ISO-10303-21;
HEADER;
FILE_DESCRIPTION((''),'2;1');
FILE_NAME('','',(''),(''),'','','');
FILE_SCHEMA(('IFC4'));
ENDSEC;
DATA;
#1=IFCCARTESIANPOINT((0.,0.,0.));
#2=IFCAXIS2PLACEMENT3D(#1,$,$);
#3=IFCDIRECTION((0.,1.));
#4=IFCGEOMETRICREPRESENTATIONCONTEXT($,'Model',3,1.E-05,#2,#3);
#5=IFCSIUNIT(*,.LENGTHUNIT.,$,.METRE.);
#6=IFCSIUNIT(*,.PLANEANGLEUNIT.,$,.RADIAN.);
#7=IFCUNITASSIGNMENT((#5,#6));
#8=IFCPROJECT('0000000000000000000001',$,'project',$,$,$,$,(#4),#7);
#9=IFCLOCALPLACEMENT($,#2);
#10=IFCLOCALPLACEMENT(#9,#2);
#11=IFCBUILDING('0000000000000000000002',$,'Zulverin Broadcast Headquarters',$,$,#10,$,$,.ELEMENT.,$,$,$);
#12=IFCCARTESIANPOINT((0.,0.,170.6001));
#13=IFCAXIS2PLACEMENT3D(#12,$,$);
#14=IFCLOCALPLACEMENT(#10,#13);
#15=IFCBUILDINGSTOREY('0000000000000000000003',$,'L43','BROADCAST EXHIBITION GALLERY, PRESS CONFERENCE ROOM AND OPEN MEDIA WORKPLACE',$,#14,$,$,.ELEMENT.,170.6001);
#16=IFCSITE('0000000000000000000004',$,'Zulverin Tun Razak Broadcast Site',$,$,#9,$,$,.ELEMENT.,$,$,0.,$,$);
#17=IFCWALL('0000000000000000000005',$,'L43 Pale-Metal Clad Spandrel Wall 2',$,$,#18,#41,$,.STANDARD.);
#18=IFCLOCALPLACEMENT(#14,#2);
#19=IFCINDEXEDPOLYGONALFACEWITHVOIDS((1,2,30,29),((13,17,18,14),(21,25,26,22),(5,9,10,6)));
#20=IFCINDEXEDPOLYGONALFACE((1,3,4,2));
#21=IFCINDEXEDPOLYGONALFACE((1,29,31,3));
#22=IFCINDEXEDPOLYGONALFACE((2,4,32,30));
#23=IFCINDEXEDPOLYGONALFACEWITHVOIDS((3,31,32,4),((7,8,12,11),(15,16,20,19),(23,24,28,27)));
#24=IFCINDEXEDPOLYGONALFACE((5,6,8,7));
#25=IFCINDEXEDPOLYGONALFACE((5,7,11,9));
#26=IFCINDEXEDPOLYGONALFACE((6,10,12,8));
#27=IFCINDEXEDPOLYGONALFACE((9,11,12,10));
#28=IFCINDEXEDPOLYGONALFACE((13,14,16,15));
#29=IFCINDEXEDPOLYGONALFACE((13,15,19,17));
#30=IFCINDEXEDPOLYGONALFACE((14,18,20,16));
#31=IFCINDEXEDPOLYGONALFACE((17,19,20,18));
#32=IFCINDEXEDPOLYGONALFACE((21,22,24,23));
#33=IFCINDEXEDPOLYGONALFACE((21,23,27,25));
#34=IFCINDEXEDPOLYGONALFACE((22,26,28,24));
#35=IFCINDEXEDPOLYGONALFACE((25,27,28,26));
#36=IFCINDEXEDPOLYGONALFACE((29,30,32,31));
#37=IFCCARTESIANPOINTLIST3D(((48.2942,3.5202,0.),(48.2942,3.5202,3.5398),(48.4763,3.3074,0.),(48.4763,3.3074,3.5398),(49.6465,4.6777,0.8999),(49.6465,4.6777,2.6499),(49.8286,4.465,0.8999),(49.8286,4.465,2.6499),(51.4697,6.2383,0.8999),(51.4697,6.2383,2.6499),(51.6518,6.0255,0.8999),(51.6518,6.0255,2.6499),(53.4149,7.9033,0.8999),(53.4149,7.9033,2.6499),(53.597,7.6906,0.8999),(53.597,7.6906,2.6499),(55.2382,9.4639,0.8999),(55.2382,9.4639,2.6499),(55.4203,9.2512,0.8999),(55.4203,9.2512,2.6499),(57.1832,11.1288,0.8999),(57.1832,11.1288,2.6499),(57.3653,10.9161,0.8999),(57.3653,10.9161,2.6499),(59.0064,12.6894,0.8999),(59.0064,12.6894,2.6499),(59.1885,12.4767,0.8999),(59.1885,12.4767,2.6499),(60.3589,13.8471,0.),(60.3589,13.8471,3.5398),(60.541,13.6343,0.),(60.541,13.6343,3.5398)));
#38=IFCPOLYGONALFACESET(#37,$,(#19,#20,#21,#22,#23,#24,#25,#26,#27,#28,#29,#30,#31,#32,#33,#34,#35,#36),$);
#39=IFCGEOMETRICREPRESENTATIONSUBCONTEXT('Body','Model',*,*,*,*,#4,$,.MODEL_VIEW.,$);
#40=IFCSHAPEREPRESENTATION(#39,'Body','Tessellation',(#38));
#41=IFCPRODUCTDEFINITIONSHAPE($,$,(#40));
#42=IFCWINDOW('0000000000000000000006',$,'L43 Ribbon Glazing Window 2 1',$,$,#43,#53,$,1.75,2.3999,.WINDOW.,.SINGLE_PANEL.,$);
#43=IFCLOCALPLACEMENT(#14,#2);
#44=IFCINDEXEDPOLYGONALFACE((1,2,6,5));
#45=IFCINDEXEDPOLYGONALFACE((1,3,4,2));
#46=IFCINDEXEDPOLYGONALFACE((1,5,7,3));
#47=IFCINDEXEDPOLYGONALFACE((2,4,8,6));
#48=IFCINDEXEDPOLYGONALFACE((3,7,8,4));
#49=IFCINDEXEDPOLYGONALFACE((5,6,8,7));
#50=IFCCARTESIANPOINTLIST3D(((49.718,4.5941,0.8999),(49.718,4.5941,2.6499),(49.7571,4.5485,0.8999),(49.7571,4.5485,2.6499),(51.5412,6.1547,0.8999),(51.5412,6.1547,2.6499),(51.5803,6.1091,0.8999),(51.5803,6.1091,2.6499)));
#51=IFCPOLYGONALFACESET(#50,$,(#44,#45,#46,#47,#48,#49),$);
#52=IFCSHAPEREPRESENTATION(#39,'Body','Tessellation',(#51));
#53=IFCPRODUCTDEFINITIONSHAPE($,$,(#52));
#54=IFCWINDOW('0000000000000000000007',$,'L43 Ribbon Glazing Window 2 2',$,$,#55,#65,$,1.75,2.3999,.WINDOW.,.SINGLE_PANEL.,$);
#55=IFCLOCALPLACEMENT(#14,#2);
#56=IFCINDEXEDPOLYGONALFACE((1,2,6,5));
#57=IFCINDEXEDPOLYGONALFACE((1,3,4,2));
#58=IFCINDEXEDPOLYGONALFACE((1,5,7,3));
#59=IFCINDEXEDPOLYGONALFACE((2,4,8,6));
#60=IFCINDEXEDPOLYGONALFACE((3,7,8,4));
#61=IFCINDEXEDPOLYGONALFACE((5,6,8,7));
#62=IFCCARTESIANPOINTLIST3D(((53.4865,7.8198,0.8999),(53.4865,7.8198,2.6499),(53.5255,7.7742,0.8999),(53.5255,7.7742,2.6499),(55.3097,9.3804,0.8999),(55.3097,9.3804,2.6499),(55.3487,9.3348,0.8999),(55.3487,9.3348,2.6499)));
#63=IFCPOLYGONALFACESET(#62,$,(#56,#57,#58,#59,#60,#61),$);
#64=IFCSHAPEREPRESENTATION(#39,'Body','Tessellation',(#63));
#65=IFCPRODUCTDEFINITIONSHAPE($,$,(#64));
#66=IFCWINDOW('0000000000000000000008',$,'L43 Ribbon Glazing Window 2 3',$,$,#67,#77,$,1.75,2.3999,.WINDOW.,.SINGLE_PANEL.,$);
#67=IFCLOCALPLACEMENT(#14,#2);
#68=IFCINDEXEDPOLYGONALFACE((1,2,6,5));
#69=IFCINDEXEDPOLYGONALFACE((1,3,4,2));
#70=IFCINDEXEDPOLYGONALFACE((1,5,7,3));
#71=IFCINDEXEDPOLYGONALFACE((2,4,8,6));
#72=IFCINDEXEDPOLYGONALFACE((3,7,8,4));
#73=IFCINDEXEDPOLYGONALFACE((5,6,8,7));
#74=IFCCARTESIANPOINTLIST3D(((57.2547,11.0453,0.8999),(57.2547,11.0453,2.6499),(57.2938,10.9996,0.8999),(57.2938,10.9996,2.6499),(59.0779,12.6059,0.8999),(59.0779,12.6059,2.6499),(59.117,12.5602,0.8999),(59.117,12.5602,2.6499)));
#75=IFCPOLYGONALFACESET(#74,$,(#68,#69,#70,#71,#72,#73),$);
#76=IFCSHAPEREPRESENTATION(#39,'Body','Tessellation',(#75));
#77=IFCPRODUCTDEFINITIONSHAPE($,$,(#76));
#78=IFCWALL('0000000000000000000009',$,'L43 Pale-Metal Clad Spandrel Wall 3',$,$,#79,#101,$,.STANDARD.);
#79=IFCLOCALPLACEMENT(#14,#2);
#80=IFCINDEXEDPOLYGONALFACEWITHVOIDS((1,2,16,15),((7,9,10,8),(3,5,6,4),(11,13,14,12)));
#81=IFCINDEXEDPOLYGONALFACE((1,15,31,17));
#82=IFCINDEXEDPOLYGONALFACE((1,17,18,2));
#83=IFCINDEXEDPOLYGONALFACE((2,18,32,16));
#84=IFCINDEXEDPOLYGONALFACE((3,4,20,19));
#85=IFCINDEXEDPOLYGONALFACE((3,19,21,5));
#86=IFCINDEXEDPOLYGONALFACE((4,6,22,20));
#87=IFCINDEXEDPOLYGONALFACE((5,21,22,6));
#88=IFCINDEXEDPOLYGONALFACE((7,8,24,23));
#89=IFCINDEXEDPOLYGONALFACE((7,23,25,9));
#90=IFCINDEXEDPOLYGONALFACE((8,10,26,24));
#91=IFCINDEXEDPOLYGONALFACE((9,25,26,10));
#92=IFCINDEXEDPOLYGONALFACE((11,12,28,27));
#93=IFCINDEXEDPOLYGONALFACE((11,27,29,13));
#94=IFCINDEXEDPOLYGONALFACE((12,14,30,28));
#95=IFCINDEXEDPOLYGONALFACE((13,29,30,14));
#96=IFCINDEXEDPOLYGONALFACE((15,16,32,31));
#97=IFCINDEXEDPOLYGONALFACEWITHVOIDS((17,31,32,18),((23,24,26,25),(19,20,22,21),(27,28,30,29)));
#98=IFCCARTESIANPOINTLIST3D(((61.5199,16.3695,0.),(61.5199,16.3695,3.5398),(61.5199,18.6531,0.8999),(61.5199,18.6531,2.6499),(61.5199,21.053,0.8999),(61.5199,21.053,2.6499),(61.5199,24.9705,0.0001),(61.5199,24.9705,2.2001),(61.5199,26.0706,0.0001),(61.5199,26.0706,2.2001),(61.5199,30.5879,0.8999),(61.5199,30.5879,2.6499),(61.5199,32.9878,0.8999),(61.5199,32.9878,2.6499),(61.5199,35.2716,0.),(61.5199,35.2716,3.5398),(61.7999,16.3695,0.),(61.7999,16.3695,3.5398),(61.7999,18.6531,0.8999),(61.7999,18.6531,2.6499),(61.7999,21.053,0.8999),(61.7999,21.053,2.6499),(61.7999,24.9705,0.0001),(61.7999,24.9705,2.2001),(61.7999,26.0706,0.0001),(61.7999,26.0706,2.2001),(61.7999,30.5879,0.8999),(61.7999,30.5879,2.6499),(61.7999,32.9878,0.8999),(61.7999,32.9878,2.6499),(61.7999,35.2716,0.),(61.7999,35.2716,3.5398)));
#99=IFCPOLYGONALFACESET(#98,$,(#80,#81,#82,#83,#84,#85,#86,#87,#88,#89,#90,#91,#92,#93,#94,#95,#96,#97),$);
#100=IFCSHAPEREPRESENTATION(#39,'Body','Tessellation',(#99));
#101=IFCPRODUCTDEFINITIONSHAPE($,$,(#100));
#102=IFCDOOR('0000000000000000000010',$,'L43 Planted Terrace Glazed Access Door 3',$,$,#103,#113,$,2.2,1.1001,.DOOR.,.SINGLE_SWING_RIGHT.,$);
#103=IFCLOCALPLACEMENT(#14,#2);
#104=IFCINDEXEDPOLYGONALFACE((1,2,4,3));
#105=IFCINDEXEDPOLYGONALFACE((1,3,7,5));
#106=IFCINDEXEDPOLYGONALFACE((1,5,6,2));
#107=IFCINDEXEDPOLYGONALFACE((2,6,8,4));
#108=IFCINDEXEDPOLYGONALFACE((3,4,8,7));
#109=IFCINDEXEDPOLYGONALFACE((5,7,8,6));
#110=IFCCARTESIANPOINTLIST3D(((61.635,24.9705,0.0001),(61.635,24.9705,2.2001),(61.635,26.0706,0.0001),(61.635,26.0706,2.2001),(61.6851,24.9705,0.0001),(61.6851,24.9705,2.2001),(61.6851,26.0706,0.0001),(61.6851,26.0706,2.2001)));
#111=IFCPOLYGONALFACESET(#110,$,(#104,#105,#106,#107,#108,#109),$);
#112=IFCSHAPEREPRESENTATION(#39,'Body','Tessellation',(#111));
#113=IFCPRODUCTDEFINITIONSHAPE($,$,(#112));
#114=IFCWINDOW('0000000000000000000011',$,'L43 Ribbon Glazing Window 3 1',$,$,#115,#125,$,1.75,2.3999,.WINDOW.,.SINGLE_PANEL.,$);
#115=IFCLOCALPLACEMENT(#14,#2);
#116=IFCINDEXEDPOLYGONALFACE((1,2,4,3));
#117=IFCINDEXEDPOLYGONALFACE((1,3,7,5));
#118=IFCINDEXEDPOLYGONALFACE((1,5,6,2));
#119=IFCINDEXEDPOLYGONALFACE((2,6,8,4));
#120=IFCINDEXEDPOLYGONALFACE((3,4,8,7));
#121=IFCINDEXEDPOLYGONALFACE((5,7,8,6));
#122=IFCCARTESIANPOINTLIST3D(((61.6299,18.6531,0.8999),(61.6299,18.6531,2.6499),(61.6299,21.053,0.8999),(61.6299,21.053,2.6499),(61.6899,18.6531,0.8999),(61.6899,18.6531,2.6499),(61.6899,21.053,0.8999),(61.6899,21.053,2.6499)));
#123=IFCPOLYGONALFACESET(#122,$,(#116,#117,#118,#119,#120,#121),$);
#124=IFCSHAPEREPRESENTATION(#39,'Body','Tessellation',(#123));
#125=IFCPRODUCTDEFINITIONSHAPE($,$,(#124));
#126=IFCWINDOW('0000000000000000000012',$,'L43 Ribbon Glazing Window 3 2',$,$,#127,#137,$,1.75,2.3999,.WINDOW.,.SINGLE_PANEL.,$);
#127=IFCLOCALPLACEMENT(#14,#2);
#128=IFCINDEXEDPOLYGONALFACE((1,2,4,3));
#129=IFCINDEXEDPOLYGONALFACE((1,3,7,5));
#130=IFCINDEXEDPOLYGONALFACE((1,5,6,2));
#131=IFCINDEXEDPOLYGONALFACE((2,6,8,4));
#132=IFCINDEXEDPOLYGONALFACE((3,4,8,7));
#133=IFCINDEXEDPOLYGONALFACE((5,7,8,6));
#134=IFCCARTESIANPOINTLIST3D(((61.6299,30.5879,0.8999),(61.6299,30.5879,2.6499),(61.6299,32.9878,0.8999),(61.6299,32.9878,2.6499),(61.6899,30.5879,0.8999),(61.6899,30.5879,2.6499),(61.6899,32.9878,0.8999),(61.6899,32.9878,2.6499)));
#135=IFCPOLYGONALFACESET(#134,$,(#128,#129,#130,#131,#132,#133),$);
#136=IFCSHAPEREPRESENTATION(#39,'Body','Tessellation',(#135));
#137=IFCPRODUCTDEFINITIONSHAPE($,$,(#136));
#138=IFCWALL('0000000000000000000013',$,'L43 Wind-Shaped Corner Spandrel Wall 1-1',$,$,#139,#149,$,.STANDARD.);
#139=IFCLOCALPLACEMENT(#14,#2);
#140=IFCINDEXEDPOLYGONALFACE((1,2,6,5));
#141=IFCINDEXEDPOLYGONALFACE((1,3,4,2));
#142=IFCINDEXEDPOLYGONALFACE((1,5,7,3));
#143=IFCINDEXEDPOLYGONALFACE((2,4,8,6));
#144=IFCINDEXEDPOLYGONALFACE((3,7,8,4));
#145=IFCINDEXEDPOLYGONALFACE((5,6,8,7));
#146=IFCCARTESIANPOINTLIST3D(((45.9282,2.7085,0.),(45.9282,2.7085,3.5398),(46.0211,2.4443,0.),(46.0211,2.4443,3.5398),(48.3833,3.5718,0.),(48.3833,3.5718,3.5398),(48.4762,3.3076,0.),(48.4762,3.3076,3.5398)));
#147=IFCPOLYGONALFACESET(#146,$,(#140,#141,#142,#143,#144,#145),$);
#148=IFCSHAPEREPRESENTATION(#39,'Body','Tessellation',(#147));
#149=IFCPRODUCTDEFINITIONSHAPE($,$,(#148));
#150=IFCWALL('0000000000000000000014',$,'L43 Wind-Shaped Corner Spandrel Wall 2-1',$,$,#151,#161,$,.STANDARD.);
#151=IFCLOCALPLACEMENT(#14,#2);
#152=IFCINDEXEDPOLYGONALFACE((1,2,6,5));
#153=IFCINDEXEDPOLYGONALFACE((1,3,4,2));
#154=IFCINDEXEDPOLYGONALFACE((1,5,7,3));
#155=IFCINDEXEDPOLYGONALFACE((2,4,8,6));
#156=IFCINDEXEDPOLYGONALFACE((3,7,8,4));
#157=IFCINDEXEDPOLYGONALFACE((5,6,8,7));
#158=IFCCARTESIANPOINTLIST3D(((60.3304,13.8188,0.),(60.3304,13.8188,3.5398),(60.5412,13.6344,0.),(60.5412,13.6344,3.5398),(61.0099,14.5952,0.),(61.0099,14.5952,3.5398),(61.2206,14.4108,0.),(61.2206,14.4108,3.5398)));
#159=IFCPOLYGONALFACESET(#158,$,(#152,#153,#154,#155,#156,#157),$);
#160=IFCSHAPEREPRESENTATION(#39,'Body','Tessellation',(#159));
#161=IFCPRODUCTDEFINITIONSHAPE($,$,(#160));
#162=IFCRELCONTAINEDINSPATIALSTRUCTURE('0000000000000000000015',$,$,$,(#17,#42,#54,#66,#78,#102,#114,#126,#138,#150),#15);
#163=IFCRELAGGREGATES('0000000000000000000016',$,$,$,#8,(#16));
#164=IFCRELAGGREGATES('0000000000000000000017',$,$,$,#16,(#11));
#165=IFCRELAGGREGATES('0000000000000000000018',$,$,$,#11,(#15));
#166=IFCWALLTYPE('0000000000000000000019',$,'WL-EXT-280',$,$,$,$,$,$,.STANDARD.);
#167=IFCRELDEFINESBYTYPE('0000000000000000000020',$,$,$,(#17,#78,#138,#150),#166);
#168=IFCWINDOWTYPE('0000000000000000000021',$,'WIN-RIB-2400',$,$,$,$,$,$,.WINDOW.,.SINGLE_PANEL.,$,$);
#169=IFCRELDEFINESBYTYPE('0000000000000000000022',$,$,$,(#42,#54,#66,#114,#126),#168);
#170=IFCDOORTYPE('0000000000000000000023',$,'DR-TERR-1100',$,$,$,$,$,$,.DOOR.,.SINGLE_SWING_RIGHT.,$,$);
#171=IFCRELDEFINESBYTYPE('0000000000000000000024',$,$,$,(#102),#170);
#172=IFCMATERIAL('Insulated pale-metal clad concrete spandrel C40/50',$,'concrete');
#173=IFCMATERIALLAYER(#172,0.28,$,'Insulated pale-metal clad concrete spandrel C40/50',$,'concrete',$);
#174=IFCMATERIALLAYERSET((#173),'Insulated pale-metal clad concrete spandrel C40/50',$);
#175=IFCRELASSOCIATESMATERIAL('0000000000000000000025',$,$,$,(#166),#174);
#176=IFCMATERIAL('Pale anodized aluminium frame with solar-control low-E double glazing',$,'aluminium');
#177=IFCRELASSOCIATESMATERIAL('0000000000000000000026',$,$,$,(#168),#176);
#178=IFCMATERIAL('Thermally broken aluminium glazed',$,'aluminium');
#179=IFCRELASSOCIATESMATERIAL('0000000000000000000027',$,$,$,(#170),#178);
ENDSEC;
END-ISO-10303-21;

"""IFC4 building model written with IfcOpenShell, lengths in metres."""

from ifc_helpers import new_model, si_unit, direction, frame, frame_2d, origin, place, context, subcontext, project, spatial, rectangle, extrude, material, layer, layer_set, type_object, element, fill, save


model = new_model("IFC4")

# Units and contexts
model_context = context("Model", 3, precision=1e-05, world=origin(), true_north=direction((0.0, 1.0)))
body_context = subcontext(model_context, "Body", "Model", "MODEL_VIEW")
ifc_project = project(units=[si_unit("LENGTHUNIT", "METRE"), si_unit("PLANEANGLEUNIT", "RADIAN")], contexts=[model_context])

# Site, building, storey
site_placement = place(None, origin())
site = spatial("IfcSite", under=ifc_project, at=site_placement, Name="Zulverin Tun Razak Broadcast Site", CompositionType="ELEMENT", RefElevation=0.0)
building_placement = place(site_placement, origin())
building = spatial("IfcBuilding", under=site, at=building_placement, Name="Zulverin Broadcast Headquarters", CompositionType="ELEMENT")
storey_placement = place(building_placement, frame((0.0, 0.0, 170.6001)))
storey = spatial("IfcBuildingStorey", under=building, at=storey_placement, Name="L43", Description="BROADCAST EXHIBITION GALLERY, PRESS CONFERENCE ROOM AND OPEN MEDIA WORKPLACE", CompositionType="ELEMENT", Elevation=170.6001)

# Wall, openings, windows
ifc_material_1 = material(Name="Insulated pale-metal clad concrete spandrel C40/50", Category="concrete")
ifc_layer_1 = layer(ifc_material_1, 0.28, Name="Insulated pale-metal clad concrete spandrel C40/50", Category="concrete")
ifc_layer_set_1 = layer_set([ifc_layer_1], Name="Insulated pale-metal clad concrete spandrel C40/50")
wall_type_1 = type_object("IfcWallType", Name="WL-EXT-280", PredefinedType="STANDARD", material=ifc_layer_set_1)
wall_1_placement = place(storey_placement, frame((48.3853, 3.4138, 0.0), z_axis=(0.0, 0.0, 1.0), x_axis=(0.7597, 0.650273, 0.0)))
wall_1 = element("IfcWall", 1, at=wall_1_placement, inside=storey, type_object=wall_type_1, Name="L43 Pale-Metal Clad Spandrel Wall 2", PredefinedType="STANDARD", context=body_context, shape_type="SweptSolid", body=[
    extrude(rectangle(XDim=15.8809, YDim=0.28, at=frame_2d((7.9404, 0.0))), origin(), (0.0, 0.0, 1.0), 3.5398),
])
opening_1_placement = place(wall_1_placement, frame((1.78, 0.0, 0.8999)))
opening_1 = element("IfcOpeningElement", 2, at=opening_1_placement, cuts=wall_1, PredefinedType="OPENING", context=body_context, shape_type="SweptSolid", body=[
    extrude(rectangle(XDim=2.3999, YDim=1.75, at=frame_2d((1.2, 0.875))), frame((0.0, 0.1499, 0.0), z_axis=(0.0, -1.0, 0.0), x_axis=(1.0, 0.0, 0.0)), (0.0, 0.0, 1.0), 0.3),
])
opening_2_placement = place(wall_1_placement, frame((6.7405, 0.0, 0.8999)))
opening_2 = element("IfcOpeningElement", 3, at=opening_2_placement, cuts=wall_1, PredefinedType="OPENING", context=body_context, shape_type="SweptSolid", body=[
    extrude(rectangle(XDim=2.3999, YDim=1.75, at=frame_2d((1.2, 0.875))), frame((0.0, 0.1499, 0.0), z_axis=(0.0, -1.0, 0.0), x_axis=(1.0, 0.0, 0.0)), (0.0, 0.0, 1.0), 0.3),
])
opening_3_placement = place(wall_1_placement, frame((11.7007, 0.0, 0.8999)))
opening_3 = element("IfcOpeningElement", 4, at=opening_3_placement, cuts=wall_1, PredefinedType="OPENING", context=body_context, shape_type="SweptSolid", body=[
    extrude(rectangle(XDim=2.3999, YDim=1.75, at=frame_2d((1.2, 0.875))), frame((0.0, 0.1499, 0.0), z_axis=(0.0, -1.0, 0.0), x_axis=(1.0, 0.0, 0.0)), (0.0, 0.0, 1.0), 0.3),
])
ifc_material_2 = material(Name="Pale anodized aluminium frame with solar-control low-E double glazing", Category="aluminium")
window_type = type_object("IfcWindowType", Name="WIN-RIB-2400", PartitioningType="SINGLE_PANEL", PredefinedType="WINDOW", material=ifc_material_2)
window_1_placement = place(opening_1_placement, origin())
window_1 = element("IfcWindow", 5, at=window_1_placement, inside=storey, type_object=window_type, Name="L43 Ribbon Glazing Window 2 1", OverallHeight=1.75, OverallWidth=2.3999, PartitioningType="SINGLE_PANEL", PredefinedType="WINDOW", context=body_context, shape_type="SweptSolid", body=[
    extrude(rectangle(XDim=2.3999, YDim=1.75, at=frame_2d((1.2, 0.875))), frame((0.0, 0.03, 0.0), z_axis=(0.0, -1.0, 0.0), x_axis=(1.0, 0.0, 0.0)), (0.0, 0.0, 1.0), 0.0601),
])
fill(opening_1, window_1)
window_2_placement = place(opening_2_placement, origin())
window_2 = element("IfcWindow", 6, at=window_2_placement, inside=storey, type_object=window_type, Name="L43 Ribbon Glazing Window 2 2", OverallHeight=1.75, OverallWidth=2.3999, PartitioningType="SINGLE_PANEL", PredefinedType="WINDOW", context=body_context, shape_type="SweptSolid", body=[
    extrude(rectangle(XDim=2.3999, YDim=1.75, at=frame_2d((1.2, 0.875))), frame((0.0, 0.03, 0.0), z_axis=(0.0, -1.0, 0.0), x_axis=(1.0, 0.0, 0.0)), (0.0, 0.0, 1.0), 0.0601),
])
fill(opening_2, window_2)
window_3_placement = place(opening_3_placement, origin())
window_3 = element("IfcWindow", 7, at=window_3_placement, inside=storey, type_object=window_type, Name="L43 Ribbon Glazing Window 2 3", OverallHeight=1.75, OverallWidth=2.3999, PartitioningType="SINGLE_PANEL", PredefinedType="WINDOW", context=body_context, shape_type="SweptSolid", body=[
    extrude(rectangle(XDim=2.3999, YDim=1.75, at=frame_2d((1.2, 0.875))), frame((0.0, 0.03, 0.0), z_axis=(0.0, -1.0, 0.0), x_axis=(1.0, 0.0, 0.0)), (0.0, 0.0, 1.0), 0.0601),
])
fill(opening_3, window_3)

# Wall, openings, door, windows
wall_2_placement = place(storey_placement, frame((61.6599, 16.3694, 0.0), z_axis=(0.0, 0.0, 1.0), x_axis=(0.0, 1.0, 0.0)))
wall_2 = element("IfcWall", 8, at=wall_2_placement, inside=storey, type_object=wall_type_1, Name="L43 Pale-Metal Clad Spandrel Wall 3", PredefinedType="STANDARD", context=body_context, shape_type="SweptSolid", body=[
    extrude(rectangle(XDim=18.9021, YDim=0.28, at=frame_2d((9.4512, 0.0))), origin(), (0.0, 0.0, 1.0), 3.5398),
])
opening_4_placement = place(wall_2_placement, frame((8.6011, 0.0, 0.0)))
opening_4 = element("IfcOpeningElement", 9, at=opening_4_placement, cuts=wall_2, PredefinedType="OPENING", context=body_context, shape_type="SweptSolid", body=[
    extrude(rectangle(XDim=1.1001, YDim=2.2, at=frame_2d((0.55, 1.1001))), frame((0.0, 0.1499, 0.0), z_axis=(0.0, -1.0, 0.0), x_axis=(1.0, 0.0, 0.0)), (0.0, 0.0, 1.0), 0.3),
])
opening_5_placement = place(wall_2_placement, frame((2.2837, 0.0, 0.8999)))
opening_5 = element("IfcOpeningElement", 10, at=opening_5_placement, cuts=wall_2, PredefinedType="OPENING", context=body_context, shape_type="SweptSolid", body=[
    extrude(rectangle(XDim=2.3999, YDim=1.75, at=frame_2d((1.2, 0.875))), frame((0.0, 0.1499, 0.0), z_axis=(0.0, -1.0, 0.0), x_axis=(1.0, 0.0, 0.0)), (0.0, 0.0, 1.0), 0.3),
])
opening_6_placement = place(wall_2_placement, frame((14.2185, 0.0, 0.8999)))
opening_6 = element("IfcOpeningElement", 11, at=opening_6_placement, cuts=wall_2, PredefinedType="OPENING", context=body_context, shape_type="SweptSolid", body=[
    extrude(rectangle(XDim=2.3999, YDim=1.75, at=frame_2d((1.2, 0.875))), frame((0.0, 0.1499, 0.0), z_axis=(0.0, -1.0, 0.0), x_axis=(1.0, 0.0, 0.0)), (0.0, 0.0, 1.0), 0.3),
])
ifc_material_3 = material(Name="Thermally broken aluminium glazed", Category="aluminium")
door_type = type_object("IfcDoorType", Name="DR-TERR-1100", OperationType="SINGLE_SWING_RIGHT", PredefinedType="DOOR", material=ifc_material_3)
door_placement = place(opening_4_placement, origin())
door = element("IfcDoor", 12, at=door_placement, inside=storey, type_object=door_type, Name="L43 Planted Terrace Glazed Access Door 3", OperationType="SINGLE_SWING_RIGHT", OverallHeight=2.2, OverallWidth=1.1001, PredefinedType="DOOR", context=body_context, shape_type="SweptSolid", body=[
    extrude(rectangle(XDim=1.1001, YDim=2.2, at=frame_2d((0.55, 1.1001))), frame((0.0, 0.0249, 0.0), z_axis=(0.0, -1.0, 0.0), x_axis=(1.0, 0.0, 0.0)), (0.0, 0.0, 1.0), 0.05),
])
fill(opening_4, door)
window_4_placement = place(opening_5_placement, origin())
window_4 = element("IfcWindow", 13, at=window_4_placement, inside=storey, type_object=window_type, Name="L43 Ribbon Glazing Window 3 1", OverallHeight=1.75, OverallWidth=2.3999, PartitioningType="SINGLE_PANEL", PredefinedType="WINDOW", context=body_context, shape_type="SweptSolid", body=[
    extrude(rectangle(XDim=2.3999, YDim=1.75, at=frame_2d((1.2, 0.875))), frame((0.0, 0.03, 0.0), z_axis=(0.0, -1.0, 0.0), x_axis=(1.0, 0.0, 0.0)), (0.0, 0.0, 1.0), 0.0601),
])
fill(opening_5, window_4)
window_5_placement = place(opening_6_placement, origin())
window_5 = element("IfcWindow", 14, at=window_5_placement, inside=storey, type_object=window_type, Name="L43 Ribbon Glazing Window 3 2", OverallHeight=1.75, OverallWidth=2.3999, PartitioningType="SINGLE_PANEL", PredefinedType="WINDOW", context=body_context, shape_type="SweptSolid", body=[
    extrude(rectangle(XDim=2.3999, YDim=1.75, at=frame_2d((1.2, 0.875))), frame((0.0, 0.03, 0.0), z_axis=(0.0, -1.0, 0.0), x_axis=(1.0, 0.0, 0.0)), (0.0, 0.0, 1.0), 0.0601),
])
fill(opening_6, window_5)

# Walls
wall_3_placement = place(storey_placement, frame((45.9746, 2.5764, 0.0), z_axis=(0.0, 0.0, 1.0), x_axis=(0.943378, 0.331721, 0.0)))
element("IfcWall", 15, at=wall_3_placement, inside=storey, type_object=wall_type_1, Name="L43 Wind-Shaped Corner Spandrel Wall 1-1", PredefinedType="STANDARD", context=body_context, shape_type="SweptSolid", body=[
    extrude(rectangle(XDim=2.6025, YDim=0.28, at=frame_2d((1.3013, 0.0))), origin(), (0.0, 0.0, 1.0), 3.5398),
])
wall_4_placement = place(storey_placement, frame((60.4358, 13.7266, 0.0), z_axis=(0.0, 0.0, 1.0), x_axis=(0.658572, 0.752518, 0.0)))
element("IfcWall", 16, at=wall_4_placement, inside=storey, type_object=wall_type_1, Name="L43 Wind-Shaped Corner Spandrel Wall 2-1", PredefinedType="STANDARD", context=body_context, shape_type="SweptSolid", body=[
    extrude(rectangle(XDim=1.0317, YDim=0.28, at=frame_2d((0.5159, 0.0))), origin(), (0.0, 0.0, 1.0), 3.5398),
])

save(model, "model.ifc")
